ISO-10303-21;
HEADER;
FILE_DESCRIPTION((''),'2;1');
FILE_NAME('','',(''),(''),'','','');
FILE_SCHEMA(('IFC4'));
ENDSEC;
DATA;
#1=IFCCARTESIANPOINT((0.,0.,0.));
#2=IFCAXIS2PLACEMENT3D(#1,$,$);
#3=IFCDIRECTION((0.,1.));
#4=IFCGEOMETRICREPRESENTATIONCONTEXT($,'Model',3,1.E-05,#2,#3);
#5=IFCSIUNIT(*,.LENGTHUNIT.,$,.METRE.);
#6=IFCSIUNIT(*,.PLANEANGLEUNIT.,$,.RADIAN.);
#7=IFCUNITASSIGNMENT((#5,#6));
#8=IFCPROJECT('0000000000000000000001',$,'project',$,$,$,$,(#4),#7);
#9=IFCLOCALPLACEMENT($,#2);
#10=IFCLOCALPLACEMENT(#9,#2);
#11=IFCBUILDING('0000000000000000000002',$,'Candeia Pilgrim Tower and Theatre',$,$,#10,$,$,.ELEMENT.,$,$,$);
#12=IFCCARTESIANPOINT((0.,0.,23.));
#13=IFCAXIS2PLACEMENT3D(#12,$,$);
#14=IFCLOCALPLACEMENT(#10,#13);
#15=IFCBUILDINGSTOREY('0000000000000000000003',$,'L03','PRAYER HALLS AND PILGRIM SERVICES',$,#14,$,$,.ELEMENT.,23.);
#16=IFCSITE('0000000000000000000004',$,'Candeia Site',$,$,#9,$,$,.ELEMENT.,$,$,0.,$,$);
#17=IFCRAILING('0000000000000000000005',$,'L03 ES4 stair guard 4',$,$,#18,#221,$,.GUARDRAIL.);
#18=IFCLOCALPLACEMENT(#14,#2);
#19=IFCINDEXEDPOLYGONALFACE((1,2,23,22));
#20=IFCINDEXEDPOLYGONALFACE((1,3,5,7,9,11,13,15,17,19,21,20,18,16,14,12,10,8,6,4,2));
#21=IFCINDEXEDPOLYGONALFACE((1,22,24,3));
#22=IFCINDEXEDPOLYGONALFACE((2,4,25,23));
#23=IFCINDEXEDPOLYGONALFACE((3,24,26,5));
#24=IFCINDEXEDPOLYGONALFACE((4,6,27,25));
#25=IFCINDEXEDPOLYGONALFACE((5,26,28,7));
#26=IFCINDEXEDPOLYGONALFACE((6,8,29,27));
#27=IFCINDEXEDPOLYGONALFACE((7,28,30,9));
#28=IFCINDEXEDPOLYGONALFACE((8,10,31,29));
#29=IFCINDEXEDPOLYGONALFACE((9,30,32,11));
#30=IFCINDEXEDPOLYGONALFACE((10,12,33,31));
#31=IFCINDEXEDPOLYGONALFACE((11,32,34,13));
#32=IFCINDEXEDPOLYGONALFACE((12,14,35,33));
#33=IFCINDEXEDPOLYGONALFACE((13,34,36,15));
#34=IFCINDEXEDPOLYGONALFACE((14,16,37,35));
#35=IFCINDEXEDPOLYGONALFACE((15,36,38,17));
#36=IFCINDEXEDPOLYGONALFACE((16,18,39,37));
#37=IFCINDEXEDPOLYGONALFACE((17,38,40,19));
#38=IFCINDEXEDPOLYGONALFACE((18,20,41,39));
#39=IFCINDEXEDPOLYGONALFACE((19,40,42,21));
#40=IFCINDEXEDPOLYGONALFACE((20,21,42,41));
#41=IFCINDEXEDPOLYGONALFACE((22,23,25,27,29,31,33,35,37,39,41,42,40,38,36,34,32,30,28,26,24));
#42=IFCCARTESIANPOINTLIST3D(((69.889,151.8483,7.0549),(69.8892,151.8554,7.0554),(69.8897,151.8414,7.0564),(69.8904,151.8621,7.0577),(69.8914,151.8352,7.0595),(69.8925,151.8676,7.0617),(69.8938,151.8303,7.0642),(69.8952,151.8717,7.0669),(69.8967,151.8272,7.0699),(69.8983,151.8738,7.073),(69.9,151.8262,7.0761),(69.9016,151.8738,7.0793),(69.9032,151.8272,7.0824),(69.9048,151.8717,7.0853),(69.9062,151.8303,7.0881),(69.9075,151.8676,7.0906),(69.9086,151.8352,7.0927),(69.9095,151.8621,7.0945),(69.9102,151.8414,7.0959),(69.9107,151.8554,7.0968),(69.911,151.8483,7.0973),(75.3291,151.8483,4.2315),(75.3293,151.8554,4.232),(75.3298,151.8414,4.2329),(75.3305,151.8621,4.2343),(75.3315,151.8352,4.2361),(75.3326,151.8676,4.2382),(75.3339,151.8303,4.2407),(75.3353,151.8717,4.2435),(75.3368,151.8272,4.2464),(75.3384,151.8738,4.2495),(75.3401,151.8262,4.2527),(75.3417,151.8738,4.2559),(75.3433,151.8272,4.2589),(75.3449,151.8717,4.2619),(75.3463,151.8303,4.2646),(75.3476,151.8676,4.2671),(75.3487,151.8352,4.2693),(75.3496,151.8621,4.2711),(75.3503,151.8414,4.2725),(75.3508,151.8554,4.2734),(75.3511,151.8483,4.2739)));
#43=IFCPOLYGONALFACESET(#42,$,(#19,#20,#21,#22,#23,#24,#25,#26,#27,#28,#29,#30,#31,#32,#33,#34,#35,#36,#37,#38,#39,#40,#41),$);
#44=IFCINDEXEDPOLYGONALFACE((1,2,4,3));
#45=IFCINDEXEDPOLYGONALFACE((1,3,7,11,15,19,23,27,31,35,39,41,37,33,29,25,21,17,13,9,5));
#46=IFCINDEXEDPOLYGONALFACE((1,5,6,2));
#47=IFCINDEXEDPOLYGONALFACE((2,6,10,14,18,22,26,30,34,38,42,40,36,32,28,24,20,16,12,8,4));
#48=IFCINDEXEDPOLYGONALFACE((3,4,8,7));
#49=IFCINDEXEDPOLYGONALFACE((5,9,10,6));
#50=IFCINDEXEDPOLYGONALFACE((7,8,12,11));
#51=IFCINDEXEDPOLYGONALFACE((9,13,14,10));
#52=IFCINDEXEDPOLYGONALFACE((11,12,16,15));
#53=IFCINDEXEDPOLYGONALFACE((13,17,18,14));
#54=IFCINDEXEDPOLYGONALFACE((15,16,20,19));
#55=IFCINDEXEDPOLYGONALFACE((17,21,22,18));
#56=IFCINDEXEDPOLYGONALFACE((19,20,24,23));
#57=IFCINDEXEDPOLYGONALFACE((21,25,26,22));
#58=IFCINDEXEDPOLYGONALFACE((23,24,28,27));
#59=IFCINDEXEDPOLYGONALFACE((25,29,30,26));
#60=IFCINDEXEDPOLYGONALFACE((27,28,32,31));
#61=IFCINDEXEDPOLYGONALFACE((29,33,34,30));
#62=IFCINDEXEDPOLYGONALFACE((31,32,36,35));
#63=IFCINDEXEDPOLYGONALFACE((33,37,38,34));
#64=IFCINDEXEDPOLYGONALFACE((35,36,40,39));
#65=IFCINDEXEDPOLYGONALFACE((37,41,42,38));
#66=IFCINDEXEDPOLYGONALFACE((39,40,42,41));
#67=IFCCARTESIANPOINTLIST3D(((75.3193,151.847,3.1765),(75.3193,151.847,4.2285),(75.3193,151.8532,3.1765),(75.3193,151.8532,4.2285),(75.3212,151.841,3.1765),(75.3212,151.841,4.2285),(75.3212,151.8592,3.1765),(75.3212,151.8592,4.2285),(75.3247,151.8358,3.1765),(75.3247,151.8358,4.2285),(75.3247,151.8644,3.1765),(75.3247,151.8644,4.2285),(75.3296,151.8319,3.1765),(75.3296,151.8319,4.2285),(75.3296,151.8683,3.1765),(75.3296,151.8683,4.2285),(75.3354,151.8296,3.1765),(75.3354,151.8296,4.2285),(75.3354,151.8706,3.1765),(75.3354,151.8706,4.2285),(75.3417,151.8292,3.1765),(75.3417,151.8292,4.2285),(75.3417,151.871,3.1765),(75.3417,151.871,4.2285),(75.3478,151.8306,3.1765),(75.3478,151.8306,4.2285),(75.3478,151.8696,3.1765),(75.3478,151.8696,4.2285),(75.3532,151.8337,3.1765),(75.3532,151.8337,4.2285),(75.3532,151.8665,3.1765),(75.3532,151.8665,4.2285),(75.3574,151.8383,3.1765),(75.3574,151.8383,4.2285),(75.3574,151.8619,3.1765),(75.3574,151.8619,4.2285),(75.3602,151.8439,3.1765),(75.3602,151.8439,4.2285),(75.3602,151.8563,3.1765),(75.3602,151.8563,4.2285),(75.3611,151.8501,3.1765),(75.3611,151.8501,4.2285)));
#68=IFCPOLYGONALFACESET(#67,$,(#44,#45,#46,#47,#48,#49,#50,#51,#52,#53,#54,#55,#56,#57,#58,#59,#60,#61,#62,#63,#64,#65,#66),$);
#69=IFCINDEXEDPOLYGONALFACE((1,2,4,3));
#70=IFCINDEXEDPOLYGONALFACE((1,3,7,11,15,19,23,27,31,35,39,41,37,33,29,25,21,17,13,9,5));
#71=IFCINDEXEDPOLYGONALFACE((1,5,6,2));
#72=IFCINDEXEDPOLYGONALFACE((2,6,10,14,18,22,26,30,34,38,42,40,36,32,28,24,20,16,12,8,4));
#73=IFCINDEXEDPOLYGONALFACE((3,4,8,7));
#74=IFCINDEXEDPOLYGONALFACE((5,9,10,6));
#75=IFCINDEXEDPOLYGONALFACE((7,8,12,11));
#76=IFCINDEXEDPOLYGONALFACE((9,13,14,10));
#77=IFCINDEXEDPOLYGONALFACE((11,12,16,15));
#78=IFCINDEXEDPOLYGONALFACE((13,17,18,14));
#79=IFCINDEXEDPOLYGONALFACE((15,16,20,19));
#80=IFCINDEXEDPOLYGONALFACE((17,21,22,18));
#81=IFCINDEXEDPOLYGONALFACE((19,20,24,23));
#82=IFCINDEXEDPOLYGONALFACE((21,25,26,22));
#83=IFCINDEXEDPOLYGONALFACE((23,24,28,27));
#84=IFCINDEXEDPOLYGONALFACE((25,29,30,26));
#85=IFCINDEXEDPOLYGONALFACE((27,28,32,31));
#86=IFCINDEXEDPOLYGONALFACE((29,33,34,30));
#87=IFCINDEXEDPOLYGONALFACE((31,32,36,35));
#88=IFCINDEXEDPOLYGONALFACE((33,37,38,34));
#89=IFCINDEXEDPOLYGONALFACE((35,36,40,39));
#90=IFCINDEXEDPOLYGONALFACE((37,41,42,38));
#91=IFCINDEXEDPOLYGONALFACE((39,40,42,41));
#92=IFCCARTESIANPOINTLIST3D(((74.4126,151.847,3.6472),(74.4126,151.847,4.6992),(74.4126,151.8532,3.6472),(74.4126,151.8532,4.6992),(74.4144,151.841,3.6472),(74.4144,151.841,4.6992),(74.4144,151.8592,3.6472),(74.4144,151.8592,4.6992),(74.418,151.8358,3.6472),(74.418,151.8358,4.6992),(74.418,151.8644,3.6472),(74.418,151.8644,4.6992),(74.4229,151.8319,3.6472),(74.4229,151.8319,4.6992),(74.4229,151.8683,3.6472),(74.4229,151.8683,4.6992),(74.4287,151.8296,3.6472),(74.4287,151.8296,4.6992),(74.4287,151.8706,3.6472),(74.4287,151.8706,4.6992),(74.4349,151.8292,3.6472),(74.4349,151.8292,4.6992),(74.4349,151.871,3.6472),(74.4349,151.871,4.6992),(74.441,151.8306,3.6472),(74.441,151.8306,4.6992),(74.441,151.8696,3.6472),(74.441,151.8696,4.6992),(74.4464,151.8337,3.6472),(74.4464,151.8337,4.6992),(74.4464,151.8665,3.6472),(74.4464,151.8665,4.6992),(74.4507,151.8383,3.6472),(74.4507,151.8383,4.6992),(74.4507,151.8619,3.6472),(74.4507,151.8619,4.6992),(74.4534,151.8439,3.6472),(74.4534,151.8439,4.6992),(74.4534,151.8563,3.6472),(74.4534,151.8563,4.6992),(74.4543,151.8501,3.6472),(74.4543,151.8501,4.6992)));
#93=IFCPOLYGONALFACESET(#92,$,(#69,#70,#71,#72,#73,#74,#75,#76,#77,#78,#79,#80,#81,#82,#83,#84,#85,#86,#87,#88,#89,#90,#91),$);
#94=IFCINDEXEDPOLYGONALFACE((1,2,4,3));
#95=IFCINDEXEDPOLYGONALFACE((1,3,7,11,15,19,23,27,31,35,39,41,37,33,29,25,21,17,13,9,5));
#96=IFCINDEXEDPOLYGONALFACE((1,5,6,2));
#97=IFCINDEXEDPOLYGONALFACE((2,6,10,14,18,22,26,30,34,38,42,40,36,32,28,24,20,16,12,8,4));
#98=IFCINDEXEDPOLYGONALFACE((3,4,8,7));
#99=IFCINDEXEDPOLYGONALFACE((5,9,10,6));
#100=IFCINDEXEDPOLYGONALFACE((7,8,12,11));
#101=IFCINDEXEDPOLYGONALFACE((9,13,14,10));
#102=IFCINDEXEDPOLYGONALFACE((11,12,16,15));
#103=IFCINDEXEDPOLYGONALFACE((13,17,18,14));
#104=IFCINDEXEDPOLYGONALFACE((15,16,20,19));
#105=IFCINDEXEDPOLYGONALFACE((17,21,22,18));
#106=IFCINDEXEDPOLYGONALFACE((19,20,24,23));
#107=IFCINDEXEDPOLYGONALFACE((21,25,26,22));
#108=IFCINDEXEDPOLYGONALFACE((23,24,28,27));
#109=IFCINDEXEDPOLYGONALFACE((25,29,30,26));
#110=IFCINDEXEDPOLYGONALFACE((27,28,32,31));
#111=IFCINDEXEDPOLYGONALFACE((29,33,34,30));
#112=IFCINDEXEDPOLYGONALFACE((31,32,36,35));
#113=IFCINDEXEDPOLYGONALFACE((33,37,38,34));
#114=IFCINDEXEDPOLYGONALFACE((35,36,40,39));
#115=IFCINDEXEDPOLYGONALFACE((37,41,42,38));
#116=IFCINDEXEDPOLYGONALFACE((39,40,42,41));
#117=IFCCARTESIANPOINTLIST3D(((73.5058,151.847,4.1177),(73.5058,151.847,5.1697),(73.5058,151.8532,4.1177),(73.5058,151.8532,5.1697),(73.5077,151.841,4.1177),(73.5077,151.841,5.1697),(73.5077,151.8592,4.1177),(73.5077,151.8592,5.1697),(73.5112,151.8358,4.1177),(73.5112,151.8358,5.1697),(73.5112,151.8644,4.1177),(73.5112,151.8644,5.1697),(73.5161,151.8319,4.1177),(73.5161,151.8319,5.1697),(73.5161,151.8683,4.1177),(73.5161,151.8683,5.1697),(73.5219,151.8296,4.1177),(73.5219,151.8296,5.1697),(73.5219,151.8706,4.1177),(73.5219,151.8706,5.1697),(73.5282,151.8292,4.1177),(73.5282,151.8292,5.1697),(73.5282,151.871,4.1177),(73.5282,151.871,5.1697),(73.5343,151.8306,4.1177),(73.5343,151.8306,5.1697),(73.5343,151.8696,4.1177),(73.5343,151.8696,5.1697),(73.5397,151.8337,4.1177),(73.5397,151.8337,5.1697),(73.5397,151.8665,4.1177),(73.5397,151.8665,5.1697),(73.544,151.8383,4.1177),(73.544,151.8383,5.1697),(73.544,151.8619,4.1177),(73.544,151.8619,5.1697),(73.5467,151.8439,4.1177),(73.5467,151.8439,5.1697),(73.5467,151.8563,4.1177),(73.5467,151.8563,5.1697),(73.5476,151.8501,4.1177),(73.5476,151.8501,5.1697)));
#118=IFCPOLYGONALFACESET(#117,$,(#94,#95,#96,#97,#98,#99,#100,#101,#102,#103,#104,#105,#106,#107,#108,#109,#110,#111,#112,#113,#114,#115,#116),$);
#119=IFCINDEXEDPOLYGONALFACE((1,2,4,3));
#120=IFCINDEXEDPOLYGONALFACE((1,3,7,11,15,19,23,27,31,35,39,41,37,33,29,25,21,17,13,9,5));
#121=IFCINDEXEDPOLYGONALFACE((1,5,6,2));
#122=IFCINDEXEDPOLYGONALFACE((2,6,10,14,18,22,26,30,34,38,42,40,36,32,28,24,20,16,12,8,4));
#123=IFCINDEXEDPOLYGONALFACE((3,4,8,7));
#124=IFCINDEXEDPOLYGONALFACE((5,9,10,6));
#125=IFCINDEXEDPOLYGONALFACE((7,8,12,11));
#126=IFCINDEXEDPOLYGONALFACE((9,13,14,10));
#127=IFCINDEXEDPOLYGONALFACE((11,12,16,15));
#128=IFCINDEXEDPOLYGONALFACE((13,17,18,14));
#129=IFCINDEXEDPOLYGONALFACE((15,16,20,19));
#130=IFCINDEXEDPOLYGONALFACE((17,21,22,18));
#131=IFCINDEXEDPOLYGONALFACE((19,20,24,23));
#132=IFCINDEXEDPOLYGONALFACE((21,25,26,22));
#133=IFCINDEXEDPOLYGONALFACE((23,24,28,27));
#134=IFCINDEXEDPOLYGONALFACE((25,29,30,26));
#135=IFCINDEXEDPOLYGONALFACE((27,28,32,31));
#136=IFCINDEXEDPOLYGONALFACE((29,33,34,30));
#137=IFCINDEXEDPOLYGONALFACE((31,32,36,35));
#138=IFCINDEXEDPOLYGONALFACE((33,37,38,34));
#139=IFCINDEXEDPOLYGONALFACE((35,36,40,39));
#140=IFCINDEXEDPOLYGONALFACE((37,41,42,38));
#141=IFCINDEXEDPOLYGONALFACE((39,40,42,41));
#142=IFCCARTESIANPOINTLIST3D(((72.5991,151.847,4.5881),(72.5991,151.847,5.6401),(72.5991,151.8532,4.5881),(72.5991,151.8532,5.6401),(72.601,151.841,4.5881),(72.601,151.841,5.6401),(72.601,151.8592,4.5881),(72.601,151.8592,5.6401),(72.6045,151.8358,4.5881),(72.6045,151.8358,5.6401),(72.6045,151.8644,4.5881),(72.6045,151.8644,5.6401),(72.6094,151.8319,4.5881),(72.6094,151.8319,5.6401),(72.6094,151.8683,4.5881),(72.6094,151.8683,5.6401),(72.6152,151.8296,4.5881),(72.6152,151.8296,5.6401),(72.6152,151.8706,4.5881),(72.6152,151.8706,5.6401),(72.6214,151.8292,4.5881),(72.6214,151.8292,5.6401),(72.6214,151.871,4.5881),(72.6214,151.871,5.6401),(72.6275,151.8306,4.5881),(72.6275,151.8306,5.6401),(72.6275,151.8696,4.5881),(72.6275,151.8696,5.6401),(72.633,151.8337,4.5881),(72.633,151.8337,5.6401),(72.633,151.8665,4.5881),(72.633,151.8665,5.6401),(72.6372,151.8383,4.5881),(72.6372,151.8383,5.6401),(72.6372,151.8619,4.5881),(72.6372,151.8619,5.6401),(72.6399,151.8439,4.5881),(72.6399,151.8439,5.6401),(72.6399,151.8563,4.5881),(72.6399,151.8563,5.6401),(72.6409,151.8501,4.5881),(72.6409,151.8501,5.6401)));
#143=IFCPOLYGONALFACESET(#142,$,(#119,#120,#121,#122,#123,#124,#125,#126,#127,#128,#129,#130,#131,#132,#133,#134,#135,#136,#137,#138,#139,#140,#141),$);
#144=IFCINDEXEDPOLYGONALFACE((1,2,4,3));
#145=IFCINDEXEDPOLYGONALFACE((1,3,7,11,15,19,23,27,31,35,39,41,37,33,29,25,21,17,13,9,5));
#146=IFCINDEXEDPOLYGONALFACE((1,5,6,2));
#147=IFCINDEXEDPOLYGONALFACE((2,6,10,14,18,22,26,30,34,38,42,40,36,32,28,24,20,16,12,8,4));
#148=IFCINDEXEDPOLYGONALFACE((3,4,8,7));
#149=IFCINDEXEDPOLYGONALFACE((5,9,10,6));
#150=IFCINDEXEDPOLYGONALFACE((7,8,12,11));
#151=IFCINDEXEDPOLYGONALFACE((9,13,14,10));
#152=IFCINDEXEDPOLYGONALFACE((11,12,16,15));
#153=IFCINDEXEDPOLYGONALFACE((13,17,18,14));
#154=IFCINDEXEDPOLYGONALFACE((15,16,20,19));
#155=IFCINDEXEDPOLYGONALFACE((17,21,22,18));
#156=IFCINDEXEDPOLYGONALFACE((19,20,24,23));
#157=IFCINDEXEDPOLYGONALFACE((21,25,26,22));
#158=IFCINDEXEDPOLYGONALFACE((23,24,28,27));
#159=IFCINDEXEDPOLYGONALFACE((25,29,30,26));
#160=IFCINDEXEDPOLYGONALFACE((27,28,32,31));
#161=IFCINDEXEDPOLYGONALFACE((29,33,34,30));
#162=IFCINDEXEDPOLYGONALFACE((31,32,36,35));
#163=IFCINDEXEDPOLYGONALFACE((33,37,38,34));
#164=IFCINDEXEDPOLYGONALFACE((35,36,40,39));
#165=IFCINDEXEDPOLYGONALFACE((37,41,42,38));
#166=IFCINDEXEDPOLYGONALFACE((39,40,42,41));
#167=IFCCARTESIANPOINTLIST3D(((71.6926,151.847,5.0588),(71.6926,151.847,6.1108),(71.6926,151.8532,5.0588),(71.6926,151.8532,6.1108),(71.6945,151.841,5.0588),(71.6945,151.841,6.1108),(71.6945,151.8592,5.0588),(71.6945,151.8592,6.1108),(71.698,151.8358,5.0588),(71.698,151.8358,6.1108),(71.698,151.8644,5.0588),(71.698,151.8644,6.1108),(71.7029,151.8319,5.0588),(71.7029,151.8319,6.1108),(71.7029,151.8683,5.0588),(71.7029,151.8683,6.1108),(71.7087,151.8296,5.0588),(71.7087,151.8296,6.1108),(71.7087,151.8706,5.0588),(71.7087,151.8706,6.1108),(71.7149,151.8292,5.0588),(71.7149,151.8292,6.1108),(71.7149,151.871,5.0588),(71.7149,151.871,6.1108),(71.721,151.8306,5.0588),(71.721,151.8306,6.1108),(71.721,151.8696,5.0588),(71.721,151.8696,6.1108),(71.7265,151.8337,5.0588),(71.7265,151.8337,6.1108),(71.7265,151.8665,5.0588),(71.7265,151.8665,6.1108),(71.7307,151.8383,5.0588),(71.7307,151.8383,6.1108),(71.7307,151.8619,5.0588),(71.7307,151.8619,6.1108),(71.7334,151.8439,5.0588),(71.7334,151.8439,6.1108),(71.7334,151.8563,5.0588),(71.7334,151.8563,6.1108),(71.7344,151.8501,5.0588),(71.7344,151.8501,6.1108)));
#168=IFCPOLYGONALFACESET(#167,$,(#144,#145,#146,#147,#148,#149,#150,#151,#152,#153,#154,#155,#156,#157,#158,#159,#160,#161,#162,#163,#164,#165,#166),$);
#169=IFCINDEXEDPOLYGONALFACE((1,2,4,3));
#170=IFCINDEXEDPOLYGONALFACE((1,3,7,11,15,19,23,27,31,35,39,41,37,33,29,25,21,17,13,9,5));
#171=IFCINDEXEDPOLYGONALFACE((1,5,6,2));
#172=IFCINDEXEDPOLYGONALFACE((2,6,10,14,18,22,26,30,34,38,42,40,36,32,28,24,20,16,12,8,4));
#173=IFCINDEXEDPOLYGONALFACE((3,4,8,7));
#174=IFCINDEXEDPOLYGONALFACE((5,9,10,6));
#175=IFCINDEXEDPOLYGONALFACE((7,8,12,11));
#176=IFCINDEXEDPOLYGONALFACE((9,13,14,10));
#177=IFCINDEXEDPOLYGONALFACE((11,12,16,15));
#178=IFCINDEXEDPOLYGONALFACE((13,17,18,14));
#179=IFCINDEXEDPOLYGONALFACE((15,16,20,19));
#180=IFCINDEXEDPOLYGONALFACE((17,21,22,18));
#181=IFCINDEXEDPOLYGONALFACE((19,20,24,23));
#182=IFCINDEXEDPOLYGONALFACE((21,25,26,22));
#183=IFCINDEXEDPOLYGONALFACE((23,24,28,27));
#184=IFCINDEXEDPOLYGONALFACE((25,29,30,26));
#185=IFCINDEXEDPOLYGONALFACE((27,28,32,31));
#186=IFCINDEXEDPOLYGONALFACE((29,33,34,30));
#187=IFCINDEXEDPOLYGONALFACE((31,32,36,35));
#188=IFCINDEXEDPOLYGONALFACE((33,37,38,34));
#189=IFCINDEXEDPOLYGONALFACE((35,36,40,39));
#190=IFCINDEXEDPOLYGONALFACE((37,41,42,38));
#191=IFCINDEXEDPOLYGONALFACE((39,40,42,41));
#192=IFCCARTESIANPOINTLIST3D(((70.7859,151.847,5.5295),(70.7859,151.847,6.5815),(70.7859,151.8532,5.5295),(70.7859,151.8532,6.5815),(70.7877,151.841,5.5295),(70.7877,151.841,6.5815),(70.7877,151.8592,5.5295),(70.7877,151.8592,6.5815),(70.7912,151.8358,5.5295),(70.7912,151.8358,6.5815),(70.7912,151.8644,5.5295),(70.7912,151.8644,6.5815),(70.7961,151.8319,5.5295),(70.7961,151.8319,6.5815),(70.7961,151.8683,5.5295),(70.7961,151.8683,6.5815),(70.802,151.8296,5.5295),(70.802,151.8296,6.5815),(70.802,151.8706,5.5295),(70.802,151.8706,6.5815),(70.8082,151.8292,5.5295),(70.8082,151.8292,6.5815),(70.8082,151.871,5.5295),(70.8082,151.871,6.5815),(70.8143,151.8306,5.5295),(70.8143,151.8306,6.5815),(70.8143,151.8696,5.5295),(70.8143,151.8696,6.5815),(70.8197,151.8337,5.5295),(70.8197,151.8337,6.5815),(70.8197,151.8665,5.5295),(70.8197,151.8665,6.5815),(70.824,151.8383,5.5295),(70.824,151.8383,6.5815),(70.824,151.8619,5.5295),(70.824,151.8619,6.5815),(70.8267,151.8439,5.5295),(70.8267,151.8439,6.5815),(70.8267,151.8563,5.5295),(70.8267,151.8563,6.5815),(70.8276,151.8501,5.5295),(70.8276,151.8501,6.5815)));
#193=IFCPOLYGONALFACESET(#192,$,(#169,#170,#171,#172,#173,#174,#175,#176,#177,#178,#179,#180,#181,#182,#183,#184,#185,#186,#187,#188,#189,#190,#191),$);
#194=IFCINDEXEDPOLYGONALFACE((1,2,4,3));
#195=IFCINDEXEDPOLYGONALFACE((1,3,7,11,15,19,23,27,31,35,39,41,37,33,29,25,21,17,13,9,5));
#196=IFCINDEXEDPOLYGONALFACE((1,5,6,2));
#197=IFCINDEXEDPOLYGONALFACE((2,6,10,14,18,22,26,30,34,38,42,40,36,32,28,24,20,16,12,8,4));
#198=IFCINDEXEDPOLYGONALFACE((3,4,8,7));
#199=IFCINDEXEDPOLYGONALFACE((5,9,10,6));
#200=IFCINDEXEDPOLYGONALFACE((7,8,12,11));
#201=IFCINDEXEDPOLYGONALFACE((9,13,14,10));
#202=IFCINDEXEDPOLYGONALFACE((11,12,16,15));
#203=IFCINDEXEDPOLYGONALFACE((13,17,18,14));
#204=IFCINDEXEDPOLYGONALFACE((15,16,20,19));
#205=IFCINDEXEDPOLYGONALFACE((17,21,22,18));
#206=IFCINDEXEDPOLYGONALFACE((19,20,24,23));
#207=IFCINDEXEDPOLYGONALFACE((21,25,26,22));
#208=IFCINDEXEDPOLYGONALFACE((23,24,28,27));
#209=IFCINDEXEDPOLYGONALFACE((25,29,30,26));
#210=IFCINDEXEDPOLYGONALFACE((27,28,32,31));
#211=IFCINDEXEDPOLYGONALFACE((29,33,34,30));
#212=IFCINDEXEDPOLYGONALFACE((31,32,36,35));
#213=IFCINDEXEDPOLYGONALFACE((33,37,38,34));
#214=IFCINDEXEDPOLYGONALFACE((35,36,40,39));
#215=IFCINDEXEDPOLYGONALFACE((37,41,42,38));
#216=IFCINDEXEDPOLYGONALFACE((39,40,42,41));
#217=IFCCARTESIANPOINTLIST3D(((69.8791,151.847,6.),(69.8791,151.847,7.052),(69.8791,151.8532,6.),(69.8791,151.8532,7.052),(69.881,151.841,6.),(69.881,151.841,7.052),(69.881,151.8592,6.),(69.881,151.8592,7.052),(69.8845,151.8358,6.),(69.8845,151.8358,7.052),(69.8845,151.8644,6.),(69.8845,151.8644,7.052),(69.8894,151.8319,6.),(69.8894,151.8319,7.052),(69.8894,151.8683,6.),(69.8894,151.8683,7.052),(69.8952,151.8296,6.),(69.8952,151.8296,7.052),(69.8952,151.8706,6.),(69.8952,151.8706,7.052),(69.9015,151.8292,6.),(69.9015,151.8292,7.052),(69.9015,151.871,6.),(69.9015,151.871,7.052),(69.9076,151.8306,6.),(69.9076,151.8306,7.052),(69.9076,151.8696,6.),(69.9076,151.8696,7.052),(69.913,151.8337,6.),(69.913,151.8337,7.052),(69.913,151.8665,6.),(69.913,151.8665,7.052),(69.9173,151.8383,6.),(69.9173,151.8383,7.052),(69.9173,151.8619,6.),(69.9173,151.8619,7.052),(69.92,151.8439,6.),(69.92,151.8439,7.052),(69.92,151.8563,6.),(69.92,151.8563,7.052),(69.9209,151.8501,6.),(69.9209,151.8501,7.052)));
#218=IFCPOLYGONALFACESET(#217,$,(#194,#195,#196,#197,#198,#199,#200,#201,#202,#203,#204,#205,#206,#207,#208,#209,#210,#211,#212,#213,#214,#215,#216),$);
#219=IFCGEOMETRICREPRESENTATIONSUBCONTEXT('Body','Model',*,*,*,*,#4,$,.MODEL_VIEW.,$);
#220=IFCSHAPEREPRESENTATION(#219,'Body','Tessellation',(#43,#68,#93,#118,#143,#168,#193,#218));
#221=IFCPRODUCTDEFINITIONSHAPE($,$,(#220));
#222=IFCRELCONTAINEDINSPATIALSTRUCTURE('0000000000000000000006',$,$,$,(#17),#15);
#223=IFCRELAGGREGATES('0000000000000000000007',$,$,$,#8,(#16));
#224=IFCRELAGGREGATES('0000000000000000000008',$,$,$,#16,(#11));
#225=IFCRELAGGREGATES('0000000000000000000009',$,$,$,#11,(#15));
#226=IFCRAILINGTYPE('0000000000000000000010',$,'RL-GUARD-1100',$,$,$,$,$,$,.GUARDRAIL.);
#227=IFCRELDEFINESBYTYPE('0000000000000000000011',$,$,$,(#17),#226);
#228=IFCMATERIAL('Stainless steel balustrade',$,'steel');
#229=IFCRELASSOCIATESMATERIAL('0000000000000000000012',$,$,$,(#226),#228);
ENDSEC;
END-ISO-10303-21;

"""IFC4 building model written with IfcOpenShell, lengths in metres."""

from ifc_helpers import new_model, si_unit, direction, frame, origin, origin_2d, place, context, subcontext, project, spatial, circle, extrude, material, type_object, element, save


model = new_model("IFC4")

# Units and contexts
model_context = context("Model", 3, precision=1e-05, world=origin(), true_north=direction((0.0, 1.0)))
body_context = subcontext(model_context, "Body", "Model", "MODEL_VIEW")
ifc_project = project(units=[si_unit("LENGTHUNIT", "METRE"), si_unit("PLANEANGLEUNIT", "RADIAN")], contexts=[model_context])

# Site, building, storey
site_placement = place(None, origin())
site = spatial("IfcSite", under=ifc_project, at=site_placement, Name="Candeia Site", CompositionType="ELEMENT", RefElevation=0.0)
building_placement = place(site_placement, origin())
building = spatial("IfcBuilding", under=site, at=building_placement, Name="Candeia Pilgrim Tower and Theatre", CompositionType="ELEMENT")
storey_placement = place(building_placement, frame((0.0, 0.0, 23.0)))
storey = spatial("IfcBuildingStorey", under=building, at=storey_placement, Name="L03", Description="PRAYER HALLS AND PILGRIM SERVICES", CompositionType="ELEMENT", Elevation=23.0)

# Railing
ifc_material_1 = material(Name="Stainless steel balustrade", Category="steel")
railing_type_1 = type_object("IfcRailingType", Name="RL-GUARD-1100", PredefinedType="GUARDRAIL", material=ifc_material_1)
railing_1_placement = place(storey_placement, frame((75.3401, 151.8501, 3.1765)))
element("IfcRailing", 1, at=railing_1_placement, inside=storey, type_object=railing_type_1, Name="L03 ES4 stair guard 4", PredefinedType="GUARDRAIL", context=body_context, shape_type="SweptSolid", body=[
    extrude(circle(Radius=0.0239, at=origin_2d()), frame((0.0, 0.0, 1.0762), z_axis=(-0.887578, 0.0, 0.460658), x_axis=(0.0, -1.0, 0.0)), (0.0, 0.0, 1.0), 6.1292),
    extrude(circle(Radius=0.021, at=origin_2d()), origin(), (0.0, 0.0, 1.0), 1.052),
    extrude(circle(Radius=0.021, at=origin_2d()), frame((-0.9067, 0.0, 0.4707)), (0.0, 0.0, 1.0), 1.052),
    extrude(circle(Radius=0.021, at=origin_2d()), frame((-1.8135, 0.0, 0.9412)), (0.0, 0.0, 1.0), 1.052),
    extrude(circle(Radius=0.021, at=origin_2d()), frame((-2.7202, 0.0, 1.4116)), (0.0, 0.0, 1.0), 1.052),
    extrude(circle(Radius=0.021, at=origin_2d()), frame((-3.6267, 0.0, 1.8823)), (0.0, 0.0, 1.0), 1.052),
    extrude(circle(Radius=0.021, at=origin_2d()), frame((-4.5334, 0.0, 2.353)), (0.0, 0.0, 1.0), 1.052),
    extrude(circle(Radius=0.021, at=origin_2d()), frame((-5.4402, 0.0, 2.8235)), (0.0, 0.0, 1.0), 1.052),
])

save(model, "model.ifc")
